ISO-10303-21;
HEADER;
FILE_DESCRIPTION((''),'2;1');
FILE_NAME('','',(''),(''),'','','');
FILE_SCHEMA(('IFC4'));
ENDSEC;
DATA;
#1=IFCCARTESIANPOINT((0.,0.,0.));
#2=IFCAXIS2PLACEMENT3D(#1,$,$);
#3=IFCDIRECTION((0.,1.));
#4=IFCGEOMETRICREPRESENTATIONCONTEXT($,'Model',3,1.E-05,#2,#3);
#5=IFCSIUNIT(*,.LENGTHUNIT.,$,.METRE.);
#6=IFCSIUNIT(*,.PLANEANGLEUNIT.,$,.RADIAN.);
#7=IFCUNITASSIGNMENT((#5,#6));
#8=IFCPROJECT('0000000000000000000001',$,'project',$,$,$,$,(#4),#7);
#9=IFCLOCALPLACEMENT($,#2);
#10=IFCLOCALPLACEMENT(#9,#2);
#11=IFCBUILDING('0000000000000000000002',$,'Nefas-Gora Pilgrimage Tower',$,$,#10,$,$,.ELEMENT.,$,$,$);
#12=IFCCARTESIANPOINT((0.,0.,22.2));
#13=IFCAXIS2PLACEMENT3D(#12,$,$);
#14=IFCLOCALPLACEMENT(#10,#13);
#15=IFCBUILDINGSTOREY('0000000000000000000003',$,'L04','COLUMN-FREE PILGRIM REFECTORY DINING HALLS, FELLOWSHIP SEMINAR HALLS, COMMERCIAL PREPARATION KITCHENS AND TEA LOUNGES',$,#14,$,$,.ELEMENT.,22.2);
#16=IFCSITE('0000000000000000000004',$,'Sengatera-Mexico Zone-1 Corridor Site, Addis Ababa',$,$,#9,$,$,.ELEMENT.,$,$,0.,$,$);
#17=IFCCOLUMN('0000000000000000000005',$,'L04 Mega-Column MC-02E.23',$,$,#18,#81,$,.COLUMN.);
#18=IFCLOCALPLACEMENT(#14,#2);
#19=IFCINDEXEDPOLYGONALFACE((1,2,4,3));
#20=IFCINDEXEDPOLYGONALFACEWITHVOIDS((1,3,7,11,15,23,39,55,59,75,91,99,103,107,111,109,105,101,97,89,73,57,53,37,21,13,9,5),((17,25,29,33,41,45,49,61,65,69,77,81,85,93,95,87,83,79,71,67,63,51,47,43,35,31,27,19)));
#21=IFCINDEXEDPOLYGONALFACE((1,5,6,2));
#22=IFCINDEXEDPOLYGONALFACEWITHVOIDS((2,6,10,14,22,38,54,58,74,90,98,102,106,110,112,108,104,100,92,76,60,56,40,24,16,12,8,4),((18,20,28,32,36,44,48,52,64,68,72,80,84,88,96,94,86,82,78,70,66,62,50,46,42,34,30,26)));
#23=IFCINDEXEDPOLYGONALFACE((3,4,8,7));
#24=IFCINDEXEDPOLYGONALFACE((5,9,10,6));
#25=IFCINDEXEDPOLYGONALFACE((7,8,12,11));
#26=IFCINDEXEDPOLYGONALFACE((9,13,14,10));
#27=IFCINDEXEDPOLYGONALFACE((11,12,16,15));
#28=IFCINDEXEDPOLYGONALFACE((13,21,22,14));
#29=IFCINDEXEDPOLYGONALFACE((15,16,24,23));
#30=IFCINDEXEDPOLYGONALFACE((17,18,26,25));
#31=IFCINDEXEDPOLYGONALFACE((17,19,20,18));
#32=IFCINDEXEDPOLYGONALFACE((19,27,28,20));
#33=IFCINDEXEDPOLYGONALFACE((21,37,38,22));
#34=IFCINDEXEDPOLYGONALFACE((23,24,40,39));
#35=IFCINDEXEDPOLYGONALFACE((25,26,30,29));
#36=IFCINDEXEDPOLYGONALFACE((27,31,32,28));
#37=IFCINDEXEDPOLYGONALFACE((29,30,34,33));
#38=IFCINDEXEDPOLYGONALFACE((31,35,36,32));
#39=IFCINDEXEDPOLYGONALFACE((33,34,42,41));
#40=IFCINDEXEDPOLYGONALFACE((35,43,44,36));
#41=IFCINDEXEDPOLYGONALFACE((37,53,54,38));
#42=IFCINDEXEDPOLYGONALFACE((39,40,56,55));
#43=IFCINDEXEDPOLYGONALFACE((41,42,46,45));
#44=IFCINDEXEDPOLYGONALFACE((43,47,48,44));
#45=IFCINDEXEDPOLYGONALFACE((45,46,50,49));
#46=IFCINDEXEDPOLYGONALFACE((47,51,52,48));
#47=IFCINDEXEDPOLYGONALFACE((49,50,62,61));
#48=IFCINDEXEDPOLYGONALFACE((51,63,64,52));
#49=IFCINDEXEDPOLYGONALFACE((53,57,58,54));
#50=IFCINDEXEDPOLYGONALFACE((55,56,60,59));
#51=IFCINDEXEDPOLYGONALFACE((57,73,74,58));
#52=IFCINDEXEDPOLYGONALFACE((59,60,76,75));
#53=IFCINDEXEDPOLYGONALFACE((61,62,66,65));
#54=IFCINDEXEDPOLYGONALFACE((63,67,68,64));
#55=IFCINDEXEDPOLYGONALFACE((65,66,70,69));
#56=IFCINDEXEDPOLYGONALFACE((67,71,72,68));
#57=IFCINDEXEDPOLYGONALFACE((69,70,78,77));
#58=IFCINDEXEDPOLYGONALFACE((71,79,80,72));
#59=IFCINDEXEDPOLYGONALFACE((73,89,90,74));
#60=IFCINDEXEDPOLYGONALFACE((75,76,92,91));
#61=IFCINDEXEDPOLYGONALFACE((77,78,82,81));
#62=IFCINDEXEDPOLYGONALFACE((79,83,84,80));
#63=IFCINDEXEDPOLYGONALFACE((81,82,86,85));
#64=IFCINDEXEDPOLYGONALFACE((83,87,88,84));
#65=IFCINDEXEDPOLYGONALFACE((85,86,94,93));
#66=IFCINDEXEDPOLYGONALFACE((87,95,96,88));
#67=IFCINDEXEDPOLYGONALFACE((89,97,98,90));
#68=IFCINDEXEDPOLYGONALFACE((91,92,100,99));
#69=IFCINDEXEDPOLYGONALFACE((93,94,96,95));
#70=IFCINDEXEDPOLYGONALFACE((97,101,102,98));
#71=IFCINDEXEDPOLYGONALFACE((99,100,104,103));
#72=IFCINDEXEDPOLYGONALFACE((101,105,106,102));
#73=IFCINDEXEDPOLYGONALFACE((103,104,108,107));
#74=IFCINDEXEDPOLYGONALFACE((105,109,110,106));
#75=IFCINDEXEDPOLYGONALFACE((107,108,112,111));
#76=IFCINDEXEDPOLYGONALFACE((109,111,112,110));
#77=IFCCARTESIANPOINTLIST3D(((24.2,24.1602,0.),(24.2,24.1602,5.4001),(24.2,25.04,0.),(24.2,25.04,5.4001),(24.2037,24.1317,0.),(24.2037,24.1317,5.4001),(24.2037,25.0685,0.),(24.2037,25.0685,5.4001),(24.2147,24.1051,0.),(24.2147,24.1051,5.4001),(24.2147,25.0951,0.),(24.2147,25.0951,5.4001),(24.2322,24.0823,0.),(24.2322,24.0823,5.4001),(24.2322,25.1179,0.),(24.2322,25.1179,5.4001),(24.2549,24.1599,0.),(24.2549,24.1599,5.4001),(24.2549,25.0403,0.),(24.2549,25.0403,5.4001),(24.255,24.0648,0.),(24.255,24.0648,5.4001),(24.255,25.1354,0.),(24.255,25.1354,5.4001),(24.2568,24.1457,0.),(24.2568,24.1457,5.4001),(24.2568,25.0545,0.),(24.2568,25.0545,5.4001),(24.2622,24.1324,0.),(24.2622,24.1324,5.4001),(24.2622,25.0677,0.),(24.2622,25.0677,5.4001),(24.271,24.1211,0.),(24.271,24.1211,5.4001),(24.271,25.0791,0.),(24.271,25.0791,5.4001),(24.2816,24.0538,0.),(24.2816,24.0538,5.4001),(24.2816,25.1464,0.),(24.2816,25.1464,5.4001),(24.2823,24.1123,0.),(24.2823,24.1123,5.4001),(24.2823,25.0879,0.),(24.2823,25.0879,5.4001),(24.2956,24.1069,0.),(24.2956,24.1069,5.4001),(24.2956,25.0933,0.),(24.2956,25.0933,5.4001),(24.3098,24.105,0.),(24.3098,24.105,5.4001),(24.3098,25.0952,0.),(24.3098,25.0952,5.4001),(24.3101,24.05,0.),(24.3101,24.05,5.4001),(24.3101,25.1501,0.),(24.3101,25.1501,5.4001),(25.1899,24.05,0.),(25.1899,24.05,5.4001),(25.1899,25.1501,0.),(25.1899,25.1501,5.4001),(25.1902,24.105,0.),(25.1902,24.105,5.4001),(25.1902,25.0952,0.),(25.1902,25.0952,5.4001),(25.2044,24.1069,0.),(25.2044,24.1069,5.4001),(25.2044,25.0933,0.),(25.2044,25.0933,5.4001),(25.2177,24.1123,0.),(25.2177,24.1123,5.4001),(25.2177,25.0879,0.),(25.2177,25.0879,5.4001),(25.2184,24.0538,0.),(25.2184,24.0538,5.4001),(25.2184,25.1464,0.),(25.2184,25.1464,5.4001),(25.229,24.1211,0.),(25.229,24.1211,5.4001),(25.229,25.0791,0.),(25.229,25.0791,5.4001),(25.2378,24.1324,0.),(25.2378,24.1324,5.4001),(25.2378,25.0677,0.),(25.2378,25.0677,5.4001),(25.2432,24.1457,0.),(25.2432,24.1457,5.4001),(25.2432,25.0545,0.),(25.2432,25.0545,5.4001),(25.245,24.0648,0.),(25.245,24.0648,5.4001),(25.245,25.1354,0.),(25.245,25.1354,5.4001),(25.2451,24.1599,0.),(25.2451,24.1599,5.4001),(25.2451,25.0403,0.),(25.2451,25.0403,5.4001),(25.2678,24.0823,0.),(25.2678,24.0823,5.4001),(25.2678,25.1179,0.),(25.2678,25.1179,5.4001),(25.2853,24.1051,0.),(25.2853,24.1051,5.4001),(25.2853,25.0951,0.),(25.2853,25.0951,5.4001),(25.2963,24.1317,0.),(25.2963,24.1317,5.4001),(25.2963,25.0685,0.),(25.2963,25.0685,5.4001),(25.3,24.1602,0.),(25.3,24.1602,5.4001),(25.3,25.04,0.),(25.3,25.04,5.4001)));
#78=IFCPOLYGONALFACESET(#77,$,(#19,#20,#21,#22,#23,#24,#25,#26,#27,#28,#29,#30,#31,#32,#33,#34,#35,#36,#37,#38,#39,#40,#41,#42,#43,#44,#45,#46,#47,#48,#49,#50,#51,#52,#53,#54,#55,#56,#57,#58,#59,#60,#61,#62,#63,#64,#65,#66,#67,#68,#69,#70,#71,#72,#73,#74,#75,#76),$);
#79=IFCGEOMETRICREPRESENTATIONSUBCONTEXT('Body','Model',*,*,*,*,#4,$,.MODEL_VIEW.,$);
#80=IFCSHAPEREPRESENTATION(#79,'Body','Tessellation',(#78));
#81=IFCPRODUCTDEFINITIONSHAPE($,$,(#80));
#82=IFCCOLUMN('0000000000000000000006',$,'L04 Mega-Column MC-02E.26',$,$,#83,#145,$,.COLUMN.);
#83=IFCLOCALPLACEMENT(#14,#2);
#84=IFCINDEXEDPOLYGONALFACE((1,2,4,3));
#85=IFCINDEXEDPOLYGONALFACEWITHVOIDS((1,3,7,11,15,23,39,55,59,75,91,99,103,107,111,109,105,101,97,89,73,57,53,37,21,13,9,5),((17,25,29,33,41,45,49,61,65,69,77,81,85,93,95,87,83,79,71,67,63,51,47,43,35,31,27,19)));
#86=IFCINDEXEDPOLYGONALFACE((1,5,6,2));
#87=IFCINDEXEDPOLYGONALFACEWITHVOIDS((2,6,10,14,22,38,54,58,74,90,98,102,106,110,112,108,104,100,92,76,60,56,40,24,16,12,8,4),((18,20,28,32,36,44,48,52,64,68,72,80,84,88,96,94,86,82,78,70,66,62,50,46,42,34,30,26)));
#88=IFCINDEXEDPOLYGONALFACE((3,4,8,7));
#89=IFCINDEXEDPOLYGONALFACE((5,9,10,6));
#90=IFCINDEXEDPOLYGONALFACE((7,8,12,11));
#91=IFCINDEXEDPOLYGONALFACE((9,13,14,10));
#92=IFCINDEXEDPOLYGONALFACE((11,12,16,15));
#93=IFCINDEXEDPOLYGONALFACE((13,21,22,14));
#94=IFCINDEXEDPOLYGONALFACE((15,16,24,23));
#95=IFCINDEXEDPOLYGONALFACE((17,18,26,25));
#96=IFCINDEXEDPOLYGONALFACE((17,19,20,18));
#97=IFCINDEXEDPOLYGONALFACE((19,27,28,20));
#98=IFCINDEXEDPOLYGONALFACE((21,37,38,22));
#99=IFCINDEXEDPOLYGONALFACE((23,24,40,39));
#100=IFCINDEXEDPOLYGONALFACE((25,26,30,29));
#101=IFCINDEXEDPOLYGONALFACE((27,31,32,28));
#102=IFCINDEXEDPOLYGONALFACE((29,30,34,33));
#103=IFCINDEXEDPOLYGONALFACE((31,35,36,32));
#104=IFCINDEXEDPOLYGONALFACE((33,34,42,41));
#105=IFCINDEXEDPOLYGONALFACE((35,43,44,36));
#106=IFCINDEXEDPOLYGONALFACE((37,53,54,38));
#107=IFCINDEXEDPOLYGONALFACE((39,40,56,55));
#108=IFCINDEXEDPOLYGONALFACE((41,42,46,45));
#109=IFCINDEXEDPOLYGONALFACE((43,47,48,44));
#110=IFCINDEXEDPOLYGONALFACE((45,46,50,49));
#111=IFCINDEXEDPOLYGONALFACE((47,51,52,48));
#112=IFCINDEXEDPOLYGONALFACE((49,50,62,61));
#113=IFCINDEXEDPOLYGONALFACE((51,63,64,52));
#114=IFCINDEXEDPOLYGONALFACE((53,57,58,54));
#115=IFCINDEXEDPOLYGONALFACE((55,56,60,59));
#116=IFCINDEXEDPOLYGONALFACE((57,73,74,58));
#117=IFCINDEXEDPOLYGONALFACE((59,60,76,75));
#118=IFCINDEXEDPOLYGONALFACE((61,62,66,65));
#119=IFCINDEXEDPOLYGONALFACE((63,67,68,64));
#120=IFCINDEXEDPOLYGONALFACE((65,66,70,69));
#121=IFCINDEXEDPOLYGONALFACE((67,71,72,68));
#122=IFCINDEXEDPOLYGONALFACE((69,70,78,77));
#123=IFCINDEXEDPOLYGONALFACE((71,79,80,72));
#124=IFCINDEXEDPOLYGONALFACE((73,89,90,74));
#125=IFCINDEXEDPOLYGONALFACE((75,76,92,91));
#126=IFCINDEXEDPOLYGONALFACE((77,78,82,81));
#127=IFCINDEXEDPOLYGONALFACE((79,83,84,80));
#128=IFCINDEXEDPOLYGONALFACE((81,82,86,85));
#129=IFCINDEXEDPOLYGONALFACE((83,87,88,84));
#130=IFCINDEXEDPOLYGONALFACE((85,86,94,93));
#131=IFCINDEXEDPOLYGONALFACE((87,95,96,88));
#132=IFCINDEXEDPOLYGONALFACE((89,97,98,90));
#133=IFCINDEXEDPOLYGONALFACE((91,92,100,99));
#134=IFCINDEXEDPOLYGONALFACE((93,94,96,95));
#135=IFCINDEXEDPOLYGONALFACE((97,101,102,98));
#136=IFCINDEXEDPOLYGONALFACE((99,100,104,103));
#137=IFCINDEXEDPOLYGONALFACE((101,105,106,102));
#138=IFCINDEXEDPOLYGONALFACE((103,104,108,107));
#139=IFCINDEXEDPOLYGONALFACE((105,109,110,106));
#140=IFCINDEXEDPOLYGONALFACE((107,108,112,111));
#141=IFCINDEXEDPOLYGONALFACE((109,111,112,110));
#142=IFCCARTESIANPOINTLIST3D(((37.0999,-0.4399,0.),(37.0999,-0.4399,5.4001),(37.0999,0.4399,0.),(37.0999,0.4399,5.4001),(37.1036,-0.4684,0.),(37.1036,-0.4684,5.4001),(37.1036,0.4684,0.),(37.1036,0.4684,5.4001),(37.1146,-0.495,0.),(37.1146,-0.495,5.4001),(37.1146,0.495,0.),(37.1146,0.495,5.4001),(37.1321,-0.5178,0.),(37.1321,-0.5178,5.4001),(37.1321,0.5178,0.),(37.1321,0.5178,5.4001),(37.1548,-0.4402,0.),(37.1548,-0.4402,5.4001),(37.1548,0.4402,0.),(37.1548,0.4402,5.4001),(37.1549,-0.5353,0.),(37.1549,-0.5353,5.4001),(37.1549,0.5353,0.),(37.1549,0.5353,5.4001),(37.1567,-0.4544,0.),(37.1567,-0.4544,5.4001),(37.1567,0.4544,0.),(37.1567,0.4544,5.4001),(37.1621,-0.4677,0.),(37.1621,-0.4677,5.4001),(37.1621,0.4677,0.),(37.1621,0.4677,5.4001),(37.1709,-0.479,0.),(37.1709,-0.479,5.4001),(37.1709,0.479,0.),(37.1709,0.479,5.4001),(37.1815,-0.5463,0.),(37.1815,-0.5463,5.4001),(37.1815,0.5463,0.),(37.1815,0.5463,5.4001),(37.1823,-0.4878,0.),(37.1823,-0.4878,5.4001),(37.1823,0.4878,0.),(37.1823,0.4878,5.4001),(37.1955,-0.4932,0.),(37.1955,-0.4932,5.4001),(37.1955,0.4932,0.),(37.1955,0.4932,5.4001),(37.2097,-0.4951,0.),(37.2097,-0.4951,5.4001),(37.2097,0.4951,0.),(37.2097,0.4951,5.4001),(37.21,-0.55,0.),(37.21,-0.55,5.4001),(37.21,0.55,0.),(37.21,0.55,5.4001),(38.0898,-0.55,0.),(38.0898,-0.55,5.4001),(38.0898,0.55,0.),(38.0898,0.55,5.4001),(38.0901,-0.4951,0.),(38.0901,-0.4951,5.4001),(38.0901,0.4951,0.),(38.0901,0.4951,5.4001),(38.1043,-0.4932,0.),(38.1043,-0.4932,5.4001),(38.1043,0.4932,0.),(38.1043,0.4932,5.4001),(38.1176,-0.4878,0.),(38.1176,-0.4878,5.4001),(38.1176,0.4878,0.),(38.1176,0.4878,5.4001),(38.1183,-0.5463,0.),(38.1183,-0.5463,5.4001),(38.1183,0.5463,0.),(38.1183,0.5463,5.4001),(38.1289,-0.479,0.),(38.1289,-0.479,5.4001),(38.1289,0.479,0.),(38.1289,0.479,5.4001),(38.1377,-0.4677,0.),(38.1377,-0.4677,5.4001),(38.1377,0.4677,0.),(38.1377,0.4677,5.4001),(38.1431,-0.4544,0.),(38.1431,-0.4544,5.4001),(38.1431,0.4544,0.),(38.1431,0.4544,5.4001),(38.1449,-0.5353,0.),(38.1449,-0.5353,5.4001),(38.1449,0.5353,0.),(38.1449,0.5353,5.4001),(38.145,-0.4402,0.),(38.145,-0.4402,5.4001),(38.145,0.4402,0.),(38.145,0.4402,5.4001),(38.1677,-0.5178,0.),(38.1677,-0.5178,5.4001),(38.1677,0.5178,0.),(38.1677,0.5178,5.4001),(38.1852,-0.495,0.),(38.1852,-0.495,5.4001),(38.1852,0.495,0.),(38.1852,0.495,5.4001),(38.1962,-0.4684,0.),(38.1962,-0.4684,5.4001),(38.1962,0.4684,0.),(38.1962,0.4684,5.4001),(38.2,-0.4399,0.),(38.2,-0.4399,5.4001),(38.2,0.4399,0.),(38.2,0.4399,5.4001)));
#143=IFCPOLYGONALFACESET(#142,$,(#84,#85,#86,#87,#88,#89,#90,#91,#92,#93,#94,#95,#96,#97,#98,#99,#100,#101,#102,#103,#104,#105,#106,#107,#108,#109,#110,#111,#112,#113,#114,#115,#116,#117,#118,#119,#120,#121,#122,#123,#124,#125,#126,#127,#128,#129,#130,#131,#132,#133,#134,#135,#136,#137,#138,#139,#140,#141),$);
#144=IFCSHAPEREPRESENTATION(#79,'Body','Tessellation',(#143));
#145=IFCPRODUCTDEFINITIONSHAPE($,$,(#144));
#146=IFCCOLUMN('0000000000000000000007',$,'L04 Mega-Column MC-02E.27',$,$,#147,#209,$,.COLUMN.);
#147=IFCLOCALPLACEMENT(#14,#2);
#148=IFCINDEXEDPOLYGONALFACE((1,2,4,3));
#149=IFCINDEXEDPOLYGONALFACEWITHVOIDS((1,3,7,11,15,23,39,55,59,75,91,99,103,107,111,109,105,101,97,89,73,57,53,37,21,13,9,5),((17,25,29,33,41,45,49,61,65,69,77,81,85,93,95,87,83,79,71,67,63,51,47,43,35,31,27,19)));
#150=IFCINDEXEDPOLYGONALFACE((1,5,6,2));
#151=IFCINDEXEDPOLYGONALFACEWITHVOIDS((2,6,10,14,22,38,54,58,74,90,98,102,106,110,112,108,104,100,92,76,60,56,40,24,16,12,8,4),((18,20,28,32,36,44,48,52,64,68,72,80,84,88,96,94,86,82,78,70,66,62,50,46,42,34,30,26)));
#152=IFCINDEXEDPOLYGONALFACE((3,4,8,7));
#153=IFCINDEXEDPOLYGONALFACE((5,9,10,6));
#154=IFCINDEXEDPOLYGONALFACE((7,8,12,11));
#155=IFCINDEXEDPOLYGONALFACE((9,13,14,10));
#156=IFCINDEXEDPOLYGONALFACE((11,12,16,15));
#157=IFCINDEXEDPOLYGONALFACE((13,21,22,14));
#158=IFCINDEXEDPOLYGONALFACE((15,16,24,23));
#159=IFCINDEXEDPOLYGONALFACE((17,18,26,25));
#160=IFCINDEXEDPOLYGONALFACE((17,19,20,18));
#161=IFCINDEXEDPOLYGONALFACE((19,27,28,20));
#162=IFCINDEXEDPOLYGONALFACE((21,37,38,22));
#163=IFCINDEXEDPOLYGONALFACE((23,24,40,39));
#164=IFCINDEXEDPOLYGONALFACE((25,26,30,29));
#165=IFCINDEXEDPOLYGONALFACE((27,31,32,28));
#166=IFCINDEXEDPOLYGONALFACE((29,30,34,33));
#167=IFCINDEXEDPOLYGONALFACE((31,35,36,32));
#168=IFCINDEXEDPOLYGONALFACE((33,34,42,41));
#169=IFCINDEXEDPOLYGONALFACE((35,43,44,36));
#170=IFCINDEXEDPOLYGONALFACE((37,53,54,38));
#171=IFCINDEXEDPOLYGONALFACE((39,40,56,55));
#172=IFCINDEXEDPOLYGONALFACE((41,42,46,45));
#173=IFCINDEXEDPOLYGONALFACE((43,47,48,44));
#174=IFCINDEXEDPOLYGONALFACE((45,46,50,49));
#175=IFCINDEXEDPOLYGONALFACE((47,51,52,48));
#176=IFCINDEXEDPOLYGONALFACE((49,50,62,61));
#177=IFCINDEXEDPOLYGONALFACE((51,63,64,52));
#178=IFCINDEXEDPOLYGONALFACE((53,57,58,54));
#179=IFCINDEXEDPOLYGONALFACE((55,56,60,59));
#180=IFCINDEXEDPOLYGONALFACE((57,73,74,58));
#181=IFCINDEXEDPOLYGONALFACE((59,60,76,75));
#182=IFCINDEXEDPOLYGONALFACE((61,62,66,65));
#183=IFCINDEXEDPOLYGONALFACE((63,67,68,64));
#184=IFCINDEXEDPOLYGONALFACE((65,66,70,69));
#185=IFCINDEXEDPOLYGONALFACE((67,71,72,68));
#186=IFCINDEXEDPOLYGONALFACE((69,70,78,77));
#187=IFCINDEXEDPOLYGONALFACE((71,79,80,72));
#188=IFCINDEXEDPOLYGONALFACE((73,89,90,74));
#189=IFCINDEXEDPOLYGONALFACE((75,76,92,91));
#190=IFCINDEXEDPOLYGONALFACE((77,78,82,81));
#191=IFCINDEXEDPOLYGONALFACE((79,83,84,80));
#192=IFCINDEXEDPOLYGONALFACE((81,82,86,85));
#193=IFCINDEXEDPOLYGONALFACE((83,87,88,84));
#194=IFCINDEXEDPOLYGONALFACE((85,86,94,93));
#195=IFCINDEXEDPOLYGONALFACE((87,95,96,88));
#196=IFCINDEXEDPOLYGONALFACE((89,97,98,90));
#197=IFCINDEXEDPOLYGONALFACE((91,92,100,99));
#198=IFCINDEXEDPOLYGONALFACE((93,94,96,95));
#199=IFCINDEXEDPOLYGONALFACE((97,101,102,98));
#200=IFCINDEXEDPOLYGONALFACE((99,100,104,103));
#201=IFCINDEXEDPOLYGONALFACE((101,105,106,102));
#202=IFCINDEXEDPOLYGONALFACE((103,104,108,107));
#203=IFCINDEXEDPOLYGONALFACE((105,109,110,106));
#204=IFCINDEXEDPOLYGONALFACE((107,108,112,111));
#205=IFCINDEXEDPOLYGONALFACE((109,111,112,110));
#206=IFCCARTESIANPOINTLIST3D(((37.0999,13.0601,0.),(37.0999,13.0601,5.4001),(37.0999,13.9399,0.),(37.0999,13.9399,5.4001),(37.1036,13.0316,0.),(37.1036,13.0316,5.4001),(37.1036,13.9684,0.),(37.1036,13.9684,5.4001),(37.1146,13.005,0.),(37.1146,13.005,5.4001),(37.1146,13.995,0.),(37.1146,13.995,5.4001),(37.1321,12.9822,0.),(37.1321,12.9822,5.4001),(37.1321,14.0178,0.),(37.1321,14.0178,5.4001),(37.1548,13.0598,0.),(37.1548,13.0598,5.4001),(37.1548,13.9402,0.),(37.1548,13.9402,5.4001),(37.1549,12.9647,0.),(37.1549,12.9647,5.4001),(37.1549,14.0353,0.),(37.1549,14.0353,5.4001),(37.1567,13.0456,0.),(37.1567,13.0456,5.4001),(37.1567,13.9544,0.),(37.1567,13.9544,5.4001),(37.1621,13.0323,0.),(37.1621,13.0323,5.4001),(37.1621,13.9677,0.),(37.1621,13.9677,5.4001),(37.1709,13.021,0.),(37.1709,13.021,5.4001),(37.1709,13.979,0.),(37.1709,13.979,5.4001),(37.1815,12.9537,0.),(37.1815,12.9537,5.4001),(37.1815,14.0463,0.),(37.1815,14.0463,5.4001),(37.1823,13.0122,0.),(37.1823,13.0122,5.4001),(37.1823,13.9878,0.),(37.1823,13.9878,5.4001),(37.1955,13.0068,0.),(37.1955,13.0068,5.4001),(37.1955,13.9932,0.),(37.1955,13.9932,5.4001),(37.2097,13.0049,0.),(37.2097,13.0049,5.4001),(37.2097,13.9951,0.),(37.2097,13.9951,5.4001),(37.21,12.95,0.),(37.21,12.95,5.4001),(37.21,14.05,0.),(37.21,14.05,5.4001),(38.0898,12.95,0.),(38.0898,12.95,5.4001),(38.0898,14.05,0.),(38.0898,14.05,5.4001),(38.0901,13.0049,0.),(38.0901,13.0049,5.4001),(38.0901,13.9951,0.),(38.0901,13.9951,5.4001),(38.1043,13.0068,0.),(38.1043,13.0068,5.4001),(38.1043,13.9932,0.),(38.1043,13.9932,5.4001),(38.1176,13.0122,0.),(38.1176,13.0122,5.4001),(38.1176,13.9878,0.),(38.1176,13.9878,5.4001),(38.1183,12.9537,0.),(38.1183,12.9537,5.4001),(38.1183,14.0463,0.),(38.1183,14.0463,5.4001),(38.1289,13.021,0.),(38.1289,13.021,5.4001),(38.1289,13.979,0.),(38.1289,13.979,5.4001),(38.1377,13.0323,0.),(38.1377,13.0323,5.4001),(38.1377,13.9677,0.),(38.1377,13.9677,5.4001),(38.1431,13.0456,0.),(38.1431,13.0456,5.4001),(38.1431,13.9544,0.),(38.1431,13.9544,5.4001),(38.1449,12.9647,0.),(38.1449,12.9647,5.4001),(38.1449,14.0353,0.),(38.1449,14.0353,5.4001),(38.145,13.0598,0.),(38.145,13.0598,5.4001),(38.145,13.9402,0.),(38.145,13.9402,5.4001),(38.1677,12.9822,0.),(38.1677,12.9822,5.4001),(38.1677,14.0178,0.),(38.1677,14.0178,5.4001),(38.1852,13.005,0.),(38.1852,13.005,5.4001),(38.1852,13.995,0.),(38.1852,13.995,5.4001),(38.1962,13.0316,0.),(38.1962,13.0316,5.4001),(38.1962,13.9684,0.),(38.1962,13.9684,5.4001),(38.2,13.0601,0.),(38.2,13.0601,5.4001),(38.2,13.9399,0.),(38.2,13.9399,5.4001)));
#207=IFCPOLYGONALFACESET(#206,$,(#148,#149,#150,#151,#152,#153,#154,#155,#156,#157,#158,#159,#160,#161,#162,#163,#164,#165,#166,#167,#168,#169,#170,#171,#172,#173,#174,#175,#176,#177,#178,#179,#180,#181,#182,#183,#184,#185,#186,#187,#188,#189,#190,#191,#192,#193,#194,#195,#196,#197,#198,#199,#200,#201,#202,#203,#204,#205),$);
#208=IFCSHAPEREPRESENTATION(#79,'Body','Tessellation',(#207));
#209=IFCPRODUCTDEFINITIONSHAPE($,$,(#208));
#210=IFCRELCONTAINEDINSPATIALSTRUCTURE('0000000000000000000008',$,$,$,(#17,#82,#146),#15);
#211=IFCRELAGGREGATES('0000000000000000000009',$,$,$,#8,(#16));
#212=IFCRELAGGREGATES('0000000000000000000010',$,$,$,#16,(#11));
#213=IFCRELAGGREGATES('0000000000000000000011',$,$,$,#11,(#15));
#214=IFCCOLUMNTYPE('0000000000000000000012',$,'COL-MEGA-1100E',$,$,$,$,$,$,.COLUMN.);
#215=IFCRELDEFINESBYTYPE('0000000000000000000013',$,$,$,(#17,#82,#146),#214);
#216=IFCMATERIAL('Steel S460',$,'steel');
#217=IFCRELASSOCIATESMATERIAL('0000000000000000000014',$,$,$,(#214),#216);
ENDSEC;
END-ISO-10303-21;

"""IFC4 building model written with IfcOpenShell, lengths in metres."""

from ifc_helpers import new_model, si_unit, direction, frame, origin, origin_2d, place, context, subcontext, project, spatial, hollow_rectangle, extrude, source, transform, mapped, material, material_profile, profile_set, type_object, element, save


model = new_model("IFC4")

# Units and contexts
model_context = context("Model", 3, precision=1e-05, world=origin(), true_north=direction((0.0, 1.0)))
body_context = subcontext(model_context, "Body", "Model", "MODEL_VIEW")
ifc_project = project(units=[si_unit("LENGTHUNIT", "METRE"), si_unit("PLANEANGLEUNIT", "RADIAN")], contexts=[model_context])

# Site, building, storey
site_placement = place(None, origin())
site = spatial("IfcSite", under=ifc_project, at=site_placement, Name="Sengatera-Mexico Zone-1 Corridor Site, Addis Ababa", CompositionType="ELEMENT", RefElevation=0.0)
building_placement = place(site_placement, origin())
building = spatial("IfcBuilding", under=site, at=building_placement, Name="Nefas-Gora Pilgrimage Tower", CompositionType="ELEMENT")
storey_placement = place(building_placement, frame((0.0, 0.0, 22.2)))
storey = spatial("IfcBuildingStorey", under=building, at=storey_placement, Name="L04", Description="COLUMN-FREE PILGRIM REFECTORY DINING HALLS, FELLOWSHIP SEMINAR HALLS, COMMERCIAL PREPARATION KITCHENS AND TEA LOUNGES", CompositionType="ELEMENT", Elevation=22.2)

# Columns
ifc_material_1 = material(Name="Steel S460", Category="steel")
ifc_material_profile_1 = material_profile(ifc_material_1, hollow_rectangle(XDim=1.1001, YDim=1.1001, WallThickness=0.0549, InnerFilletRadius=0.0549, OuterFilletRadius=0.1101, at=origin_2d()), Name="BOX 1100x1100x55")
ifc_profile_set_1 = profile_set([ifc_material_profile_1], Name="Steel S460")
column_type_1 = type_object("IfcColumnType", Name="COL-MEGA-1100E", PredefinedType="COLUMN", material=ifc_profile_set_1)
shared_shape_1 = source(origin(), body_context, "Body", "SweptSolid", [
    extrude(hollow_rectangle(XDim=1.1001, YDim=1.1001, WallThickness=0.0549, InnerFilletRadius=0.0549, OuterFilletRadius=0.1101, at=origin_2d()), origin(), (0.0, 0.0, 1.0), 5.4001),
])
for number, where, z_axis, x_axis, name in (
    (1, (24.75, 24.6001, 0.0), (0.0, 0.0, 1.0), (1.0, 0.0, 0.0), "L04 Mega-Column MC-02E.23"),
    (2, (37.6499, 0.0, 0.0), (0.0, 0.0, 1.0), (1.0, 0.0, 0.0), "L04 Mega-Column MC-02E.26"),
    (3, (37.6499, 13.5, 0.0), (0.0, 0.0, 1.0), (1.0, 0.0, 0.0), "L04 Mega-Column MC-02E.27"),
):
    element("IfcColumn", number, at=place(storey_placement, frame(where, z_axis=z_axis, x_axis=x_axis)), inside=storey, type_object=column_type_1, Name=name, PredefinedType="COLUMN", context=body_context, shape_type="MappedRepresentation", body=[
        mapped(shared_shape_1, transform((0.0, 0.0, 0.0), x_axis=(1.0, 0.0, 0.0), y_axis=(0.0, 1.0, 0.0), z_axis=(0.0, 0.0, 1.0), scale=1.0)),
    ])

save(model, "model.ifc")
